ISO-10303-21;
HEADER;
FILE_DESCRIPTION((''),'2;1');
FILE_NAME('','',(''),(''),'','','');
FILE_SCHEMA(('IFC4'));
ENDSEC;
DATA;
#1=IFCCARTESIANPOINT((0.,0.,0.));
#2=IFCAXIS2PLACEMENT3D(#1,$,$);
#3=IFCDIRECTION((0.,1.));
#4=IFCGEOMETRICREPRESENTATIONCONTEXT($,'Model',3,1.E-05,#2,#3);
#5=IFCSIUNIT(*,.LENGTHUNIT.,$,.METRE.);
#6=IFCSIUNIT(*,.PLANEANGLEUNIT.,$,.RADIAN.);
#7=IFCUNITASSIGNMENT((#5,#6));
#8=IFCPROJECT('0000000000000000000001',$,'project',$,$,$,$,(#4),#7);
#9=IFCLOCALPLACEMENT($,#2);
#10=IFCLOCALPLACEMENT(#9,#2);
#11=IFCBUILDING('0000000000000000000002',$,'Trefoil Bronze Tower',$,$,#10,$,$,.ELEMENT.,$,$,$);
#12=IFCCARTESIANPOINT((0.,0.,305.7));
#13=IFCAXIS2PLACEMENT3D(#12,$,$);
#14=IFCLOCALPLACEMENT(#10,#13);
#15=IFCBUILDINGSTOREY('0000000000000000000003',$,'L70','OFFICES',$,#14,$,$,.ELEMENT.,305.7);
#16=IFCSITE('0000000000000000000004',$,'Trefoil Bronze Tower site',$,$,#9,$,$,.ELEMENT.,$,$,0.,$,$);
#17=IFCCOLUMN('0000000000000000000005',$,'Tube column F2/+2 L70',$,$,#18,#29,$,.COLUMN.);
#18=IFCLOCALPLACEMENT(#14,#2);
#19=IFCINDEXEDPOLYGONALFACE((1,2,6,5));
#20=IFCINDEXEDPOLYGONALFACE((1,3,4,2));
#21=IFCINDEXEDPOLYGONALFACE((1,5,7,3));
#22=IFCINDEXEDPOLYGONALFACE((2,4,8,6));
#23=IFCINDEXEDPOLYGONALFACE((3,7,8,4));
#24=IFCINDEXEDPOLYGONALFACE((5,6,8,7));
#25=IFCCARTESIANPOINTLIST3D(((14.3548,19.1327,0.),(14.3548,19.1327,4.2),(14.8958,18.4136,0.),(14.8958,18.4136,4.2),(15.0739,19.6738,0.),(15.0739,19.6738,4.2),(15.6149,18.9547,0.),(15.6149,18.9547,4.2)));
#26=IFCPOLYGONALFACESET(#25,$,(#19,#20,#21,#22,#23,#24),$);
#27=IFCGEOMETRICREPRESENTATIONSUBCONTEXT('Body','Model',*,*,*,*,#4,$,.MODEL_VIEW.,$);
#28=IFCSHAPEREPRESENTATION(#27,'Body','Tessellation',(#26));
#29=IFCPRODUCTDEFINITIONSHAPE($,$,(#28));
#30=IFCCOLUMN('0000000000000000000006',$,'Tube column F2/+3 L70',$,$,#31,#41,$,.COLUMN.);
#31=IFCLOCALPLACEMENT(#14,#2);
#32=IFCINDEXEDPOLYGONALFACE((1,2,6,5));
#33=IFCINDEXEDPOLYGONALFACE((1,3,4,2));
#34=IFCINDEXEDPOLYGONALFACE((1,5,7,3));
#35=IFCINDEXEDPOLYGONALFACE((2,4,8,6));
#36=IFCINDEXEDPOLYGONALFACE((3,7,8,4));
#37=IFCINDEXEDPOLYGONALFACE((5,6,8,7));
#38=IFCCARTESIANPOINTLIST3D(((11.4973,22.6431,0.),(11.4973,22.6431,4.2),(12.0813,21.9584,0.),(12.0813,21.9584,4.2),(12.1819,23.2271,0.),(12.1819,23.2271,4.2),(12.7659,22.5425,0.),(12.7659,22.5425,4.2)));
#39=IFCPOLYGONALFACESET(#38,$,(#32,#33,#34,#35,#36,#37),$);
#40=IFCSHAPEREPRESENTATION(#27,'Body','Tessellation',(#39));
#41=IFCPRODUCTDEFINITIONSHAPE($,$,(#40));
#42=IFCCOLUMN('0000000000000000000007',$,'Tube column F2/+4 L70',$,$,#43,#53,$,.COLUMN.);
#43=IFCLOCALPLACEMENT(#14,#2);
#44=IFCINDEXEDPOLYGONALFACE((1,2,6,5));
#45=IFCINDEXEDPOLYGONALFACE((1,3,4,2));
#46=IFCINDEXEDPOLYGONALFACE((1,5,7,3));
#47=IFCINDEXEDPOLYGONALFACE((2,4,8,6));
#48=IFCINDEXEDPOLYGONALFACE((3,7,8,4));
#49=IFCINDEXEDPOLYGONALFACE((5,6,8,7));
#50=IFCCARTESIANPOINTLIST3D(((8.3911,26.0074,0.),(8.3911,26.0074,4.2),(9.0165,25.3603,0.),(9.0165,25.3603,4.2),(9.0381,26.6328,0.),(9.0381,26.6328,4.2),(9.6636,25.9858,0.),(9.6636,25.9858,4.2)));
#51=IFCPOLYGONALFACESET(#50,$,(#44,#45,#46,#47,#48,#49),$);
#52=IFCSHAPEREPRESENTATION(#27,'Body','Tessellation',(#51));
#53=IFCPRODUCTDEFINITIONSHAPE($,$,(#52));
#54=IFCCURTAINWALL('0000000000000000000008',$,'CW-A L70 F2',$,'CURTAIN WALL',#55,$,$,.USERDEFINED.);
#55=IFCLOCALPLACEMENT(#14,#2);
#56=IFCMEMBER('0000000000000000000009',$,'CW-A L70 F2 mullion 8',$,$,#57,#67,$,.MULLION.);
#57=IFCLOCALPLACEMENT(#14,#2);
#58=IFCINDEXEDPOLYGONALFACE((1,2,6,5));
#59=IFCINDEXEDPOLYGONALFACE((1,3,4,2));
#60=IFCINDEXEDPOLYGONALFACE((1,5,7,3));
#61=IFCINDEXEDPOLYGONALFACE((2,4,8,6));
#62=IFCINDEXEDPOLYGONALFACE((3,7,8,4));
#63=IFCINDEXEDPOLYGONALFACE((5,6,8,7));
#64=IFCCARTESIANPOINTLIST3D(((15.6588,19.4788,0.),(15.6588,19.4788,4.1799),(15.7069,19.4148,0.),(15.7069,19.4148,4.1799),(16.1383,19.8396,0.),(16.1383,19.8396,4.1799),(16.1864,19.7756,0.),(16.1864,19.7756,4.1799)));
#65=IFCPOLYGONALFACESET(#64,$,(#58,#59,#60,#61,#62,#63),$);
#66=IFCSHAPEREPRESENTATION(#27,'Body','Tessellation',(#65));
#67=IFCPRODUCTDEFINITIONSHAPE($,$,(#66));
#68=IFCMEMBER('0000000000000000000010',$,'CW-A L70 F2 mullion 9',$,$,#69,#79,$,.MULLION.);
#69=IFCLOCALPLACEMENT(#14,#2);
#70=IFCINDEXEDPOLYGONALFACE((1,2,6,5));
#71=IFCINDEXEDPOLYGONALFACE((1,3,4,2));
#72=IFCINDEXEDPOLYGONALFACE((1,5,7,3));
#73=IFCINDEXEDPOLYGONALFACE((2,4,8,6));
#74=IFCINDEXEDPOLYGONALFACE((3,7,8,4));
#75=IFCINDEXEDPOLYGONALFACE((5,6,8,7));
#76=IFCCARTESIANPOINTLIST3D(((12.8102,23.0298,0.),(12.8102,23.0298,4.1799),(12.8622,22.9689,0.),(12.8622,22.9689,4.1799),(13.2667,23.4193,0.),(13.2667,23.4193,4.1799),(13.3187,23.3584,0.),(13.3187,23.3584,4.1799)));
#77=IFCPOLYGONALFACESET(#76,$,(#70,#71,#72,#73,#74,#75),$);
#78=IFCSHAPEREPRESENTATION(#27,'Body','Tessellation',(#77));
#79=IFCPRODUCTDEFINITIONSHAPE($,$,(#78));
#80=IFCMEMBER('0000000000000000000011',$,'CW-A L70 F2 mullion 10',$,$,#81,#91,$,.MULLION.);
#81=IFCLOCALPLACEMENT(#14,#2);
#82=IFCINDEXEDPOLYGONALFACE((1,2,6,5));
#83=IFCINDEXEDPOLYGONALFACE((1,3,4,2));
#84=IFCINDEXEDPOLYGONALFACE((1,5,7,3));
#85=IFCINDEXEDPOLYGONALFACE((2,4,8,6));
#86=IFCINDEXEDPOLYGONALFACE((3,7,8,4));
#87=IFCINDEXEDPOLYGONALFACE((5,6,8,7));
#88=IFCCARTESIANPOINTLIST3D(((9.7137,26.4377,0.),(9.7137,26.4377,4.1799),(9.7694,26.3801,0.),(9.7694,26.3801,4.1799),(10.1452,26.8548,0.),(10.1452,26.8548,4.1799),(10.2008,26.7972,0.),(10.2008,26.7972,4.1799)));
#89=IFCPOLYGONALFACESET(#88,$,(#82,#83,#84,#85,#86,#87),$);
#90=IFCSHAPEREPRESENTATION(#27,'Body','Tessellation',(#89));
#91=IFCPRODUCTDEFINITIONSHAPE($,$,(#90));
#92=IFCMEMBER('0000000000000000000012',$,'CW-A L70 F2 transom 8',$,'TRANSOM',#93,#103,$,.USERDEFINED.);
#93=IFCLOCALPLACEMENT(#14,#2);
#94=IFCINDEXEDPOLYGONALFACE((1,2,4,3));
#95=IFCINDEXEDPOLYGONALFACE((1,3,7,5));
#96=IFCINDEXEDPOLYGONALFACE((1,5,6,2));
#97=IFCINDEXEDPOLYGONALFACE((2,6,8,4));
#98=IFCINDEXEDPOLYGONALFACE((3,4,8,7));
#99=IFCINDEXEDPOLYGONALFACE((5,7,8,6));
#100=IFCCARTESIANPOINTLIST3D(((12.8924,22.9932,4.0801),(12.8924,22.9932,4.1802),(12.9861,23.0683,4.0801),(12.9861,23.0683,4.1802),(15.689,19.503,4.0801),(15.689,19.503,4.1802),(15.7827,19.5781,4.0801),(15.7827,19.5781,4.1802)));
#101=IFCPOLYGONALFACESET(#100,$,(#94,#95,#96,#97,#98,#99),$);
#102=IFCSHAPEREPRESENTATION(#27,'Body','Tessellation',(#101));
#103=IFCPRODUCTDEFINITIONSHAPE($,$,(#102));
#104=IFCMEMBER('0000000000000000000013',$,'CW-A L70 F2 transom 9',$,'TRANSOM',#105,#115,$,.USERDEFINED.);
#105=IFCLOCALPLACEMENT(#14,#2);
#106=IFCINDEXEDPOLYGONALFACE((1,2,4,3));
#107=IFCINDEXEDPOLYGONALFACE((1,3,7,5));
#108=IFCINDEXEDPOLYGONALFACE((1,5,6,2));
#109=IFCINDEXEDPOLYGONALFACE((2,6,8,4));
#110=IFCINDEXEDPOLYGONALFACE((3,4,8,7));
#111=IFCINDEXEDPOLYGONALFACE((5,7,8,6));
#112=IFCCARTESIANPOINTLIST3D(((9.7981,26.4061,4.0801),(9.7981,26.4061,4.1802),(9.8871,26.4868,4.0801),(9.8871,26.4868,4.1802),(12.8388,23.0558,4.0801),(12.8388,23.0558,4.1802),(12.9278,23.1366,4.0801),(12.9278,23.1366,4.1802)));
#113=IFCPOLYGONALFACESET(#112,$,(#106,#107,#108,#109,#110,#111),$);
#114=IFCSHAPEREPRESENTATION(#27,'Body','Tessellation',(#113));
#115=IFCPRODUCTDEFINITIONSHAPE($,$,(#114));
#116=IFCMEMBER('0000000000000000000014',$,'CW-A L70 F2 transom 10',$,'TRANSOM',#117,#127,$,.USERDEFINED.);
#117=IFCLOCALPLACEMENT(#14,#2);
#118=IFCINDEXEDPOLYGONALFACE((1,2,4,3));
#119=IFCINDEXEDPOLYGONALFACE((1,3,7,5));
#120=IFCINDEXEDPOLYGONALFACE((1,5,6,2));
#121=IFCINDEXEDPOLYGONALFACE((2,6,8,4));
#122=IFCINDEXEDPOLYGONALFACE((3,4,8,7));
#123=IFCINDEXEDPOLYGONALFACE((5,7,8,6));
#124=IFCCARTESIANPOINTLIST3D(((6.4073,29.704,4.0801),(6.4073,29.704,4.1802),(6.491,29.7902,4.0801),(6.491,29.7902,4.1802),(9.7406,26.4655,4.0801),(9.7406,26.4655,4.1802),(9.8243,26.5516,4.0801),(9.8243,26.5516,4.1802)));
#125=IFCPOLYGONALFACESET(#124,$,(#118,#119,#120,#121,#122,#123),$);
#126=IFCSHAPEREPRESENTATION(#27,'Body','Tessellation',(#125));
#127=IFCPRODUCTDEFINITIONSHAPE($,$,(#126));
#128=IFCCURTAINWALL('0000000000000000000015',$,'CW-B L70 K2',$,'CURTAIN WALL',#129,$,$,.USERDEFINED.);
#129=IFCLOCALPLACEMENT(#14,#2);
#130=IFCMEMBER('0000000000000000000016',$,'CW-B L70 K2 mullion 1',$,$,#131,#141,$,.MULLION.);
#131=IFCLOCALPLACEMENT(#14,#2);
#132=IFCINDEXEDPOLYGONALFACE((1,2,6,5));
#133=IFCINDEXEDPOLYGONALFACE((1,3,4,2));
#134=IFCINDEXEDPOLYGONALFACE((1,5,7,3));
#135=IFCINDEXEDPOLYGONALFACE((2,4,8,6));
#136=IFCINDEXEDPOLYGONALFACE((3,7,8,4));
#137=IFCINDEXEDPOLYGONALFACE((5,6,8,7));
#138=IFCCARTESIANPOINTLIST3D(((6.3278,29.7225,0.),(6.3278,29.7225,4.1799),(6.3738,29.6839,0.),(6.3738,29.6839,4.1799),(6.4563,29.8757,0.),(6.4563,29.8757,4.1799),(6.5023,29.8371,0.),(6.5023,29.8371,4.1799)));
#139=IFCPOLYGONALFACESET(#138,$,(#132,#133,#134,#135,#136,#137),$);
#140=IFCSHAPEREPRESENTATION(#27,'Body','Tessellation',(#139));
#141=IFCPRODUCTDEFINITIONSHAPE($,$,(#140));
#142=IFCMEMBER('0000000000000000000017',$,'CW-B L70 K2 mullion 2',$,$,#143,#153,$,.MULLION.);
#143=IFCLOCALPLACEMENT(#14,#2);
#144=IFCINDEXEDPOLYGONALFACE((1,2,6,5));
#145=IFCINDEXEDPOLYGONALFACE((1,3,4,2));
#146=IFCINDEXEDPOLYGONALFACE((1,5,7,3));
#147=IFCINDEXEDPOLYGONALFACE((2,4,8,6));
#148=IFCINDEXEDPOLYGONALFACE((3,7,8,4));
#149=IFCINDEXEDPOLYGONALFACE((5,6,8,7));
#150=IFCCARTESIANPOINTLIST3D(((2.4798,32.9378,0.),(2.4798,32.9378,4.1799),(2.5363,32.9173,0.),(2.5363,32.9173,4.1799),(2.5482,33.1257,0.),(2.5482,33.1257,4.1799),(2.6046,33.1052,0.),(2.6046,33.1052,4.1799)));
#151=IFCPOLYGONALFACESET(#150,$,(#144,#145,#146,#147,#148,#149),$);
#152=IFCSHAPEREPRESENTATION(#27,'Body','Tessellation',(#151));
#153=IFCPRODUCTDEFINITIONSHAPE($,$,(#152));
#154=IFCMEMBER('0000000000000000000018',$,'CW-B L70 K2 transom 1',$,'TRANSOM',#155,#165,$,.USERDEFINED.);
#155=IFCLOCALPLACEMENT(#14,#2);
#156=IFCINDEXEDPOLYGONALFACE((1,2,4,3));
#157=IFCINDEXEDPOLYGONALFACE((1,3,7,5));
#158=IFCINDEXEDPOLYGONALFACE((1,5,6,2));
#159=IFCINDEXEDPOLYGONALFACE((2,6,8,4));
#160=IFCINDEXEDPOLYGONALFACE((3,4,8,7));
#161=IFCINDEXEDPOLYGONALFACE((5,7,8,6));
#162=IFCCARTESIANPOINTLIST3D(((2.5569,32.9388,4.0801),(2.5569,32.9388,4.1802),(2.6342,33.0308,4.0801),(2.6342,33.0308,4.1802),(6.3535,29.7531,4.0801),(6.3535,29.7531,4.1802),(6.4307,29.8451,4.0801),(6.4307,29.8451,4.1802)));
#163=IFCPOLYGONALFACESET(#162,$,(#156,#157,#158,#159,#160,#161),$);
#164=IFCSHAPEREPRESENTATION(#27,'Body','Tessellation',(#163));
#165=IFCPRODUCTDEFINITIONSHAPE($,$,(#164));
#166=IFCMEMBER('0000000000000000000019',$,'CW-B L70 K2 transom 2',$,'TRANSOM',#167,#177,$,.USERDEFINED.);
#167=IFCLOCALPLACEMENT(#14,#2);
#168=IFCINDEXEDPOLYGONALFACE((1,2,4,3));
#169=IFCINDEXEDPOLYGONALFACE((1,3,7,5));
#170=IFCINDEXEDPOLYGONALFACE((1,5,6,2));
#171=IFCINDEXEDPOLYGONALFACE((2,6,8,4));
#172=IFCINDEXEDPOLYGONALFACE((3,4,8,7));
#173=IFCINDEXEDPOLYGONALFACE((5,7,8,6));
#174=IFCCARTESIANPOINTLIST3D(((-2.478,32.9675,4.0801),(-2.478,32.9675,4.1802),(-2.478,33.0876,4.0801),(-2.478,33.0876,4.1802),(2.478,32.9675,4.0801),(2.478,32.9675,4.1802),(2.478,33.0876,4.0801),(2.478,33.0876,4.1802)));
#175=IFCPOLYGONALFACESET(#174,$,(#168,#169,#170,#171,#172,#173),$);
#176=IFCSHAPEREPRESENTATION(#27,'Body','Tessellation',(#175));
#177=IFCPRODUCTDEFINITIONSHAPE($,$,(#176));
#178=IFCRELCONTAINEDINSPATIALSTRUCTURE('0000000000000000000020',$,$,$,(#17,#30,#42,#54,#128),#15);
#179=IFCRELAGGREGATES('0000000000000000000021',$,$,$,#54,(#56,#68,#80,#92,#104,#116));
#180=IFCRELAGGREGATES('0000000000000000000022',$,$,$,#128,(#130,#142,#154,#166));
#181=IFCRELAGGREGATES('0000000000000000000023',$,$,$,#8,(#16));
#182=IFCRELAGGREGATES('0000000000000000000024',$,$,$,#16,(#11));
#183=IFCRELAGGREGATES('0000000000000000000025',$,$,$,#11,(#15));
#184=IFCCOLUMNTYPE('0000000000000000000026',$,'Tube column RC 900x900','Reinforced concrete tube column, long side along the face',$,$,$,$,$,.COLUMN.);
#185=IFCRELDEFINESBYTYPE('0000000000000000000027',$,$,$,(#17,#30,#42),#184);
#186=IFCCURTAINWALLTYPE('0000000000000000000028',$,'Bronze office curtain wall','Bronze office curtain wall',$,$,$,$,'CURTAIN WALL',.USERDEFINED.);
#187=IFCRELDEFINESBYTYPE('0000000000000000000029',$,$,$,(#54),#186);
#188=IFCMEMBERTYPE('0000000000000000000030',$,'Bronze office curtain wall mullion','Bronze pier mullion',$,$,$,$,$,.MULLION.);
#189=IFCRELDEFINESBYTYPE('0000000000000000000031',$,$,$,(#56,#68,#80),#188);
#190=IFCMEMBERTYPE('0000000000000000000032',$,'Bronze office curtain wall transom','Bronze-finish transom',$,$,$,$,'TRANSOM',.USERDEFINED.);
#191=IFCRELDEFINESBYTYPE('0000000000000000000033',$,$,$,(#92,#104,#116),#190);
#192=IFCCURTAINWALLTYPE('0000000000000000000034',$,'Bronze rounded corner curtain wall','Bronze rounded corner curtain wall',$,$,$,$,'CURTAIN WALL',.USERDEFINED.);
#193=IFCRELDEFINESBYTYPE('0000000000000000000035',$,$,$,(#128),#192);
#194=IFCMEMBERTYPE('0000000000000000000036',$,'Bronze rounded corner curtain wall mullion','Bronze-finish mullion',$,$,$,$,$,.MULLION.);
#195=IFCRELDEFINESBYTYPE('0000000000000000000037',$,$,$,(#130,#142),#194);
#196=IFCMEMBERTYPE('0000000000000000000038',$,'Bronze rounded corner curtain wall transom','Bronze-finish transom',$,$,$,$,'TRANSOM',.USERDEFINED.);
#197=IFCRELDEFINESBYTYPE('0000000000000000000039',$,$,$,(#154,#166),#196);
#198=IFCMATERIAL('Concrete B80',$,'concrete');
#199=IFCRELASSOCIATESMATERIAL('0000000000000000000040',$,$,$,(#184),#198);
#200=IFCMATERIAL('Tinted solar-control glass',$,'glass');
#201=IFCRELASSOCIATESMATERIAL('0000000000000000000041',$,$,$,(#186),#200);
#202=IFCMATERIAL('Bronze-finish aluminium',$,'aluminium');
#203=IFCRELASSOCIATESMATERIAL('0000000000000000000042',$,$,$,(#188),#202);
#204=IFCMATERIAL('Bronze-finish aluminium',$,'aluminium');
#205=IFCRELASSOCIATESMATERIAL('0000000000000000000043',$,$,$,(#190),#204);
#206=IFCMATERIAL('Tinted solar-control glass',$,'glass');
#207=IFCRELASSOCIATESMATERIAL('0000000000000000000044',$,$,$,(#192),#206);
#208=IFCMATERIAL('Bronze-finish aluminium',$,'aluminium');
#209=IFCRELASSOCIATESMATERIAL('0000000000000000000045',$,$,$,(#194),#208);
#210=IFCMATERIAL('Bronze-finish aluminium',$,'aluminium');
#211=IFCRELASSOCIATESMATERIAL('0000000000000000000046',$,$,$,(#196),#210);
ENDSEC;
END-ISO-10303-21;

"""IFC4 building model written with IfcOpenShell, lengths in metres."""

from ifc_helpers import new_model, si_unit, direction, frame, origin, origin_2d, place, context, subcontext, project, spatial, rectangle, extrude, material, material_profile, profile_set, type_object, element, aggregate, save


model = new_model("IFC4")

# Units and contexts
model_context = context("Model", 3, precision=1e-05, world=origin(), true_north=direction((0.0, 1.0)))
body_context = subcontext(model_context, "Body", "Model", "MODEL_VIEW")
ifc_project = project(units=[si_unit("LENGTHUNIT", "METRE"), si_unit("PLANEANGLEUNIT", "RADIAN")], contexts=[model_context])

# Site, building, storey
site_placement = place(None, origin())
site = spatial("IfcSite", under=ifc_project, at=site_placement, Name="Trefoil Bronze Tower site", CompositionType="ELEMENT", RefElevation=0.0)
building_placement = place(site_placement, origin())
building = spatial("IfcBuilding", under=site, at=building_placement, Name="Trefoil Bronze Tower", CompositionType="ELEMENT")
storey_placement = place(building_placement, frame((0.0, 0.0, 305.7)))
storey = spatial("IfcBuildingStorey", under=building, at=storey_placement, Name="L70", Description="OFFICES", CompositionType="ELEMENT", Elevation=305.7)

# Columns
ifc_material_1 = material(Name="Concrete B80", Category="concrete")
ifc_material_profile_1 = material_profile(ifc_material_1, rectangle(XDim=0.8999, YDim=0.8999, at=origin_2d()), Name="RC 900x900")
ifc_profile_set_1 = profile_set([ifc_material_profile_1], Name="Concrete B80")
column_type = type_object("IfcColumnType", Name="Tube column RC 900x900", Description="Reinforced concrete tube column, long side along the face", PredefinedType="COLUMN", material=ifc_profile_set_1)
for number, where, z_axis, x_axis, name in (
    (1, (14.9849, 19.0437, 0.0), (0.0, 0.0, 1.0), (-0.601203, 0.799096, 0.0), "Tube column F2/+2 L70"),
    (2, (12.1316, 22.5928, 0.0), (0.0, 0.0, 1.0), (-0.649008, 0.760781, 0.0), "Tube column F2/+3 L70"),
    (3, (9.0273, 25.9966, 0.0), (0.0, 0.0, 1.0), (-0.695009, 0.719001, 0.0), "Tube column F2/+4 L70"),
):
    element("IfcColumn", number, at=place(storey_placement, frame(where, z_axis=z_axis, x_axis=x_axis)), inside=storey, type_object=column_type, Name=name, PredefinedType="COLUMN", context=body_context, shape_type="SweptSolid", body=[
        extrude(rectangle(XDim=0.8999, YDim=0.8999, at=origin_2d()), origin(), (0.0, 0.0, 1.0), 4.2),
    ])

# Curtain walls, members
ifc_material_2 = material(Name="Tinted solar-control glass", Category="glass")
curtain_wall_type_1 = type_object("IfcCurtainWallType", Name="Bronze office curtain wall", Description="Bronze office curtain wall", ElementType="CURTAIN WALL", PredefinedType="USERDEFINED", material=ifc_material_2)
curtain_wall_1_placement = place(storey_placement, origin())
curtain_wall_1 = element("IfcCurtainWall", 4, at=curtain_wall_1_placement, inside=storey, type_object=curtain_wall_type_1, Name="CW-A L70 F2", ObjectType="CURTAIN WALL", PredefinedType="USERDEFINED")
ifc_material_3 = material(Name="Bronze-finish aluminium", Category="aluminium")
ifc_material_profile_2 = material_profile(ifc_material_3, rectangle(XDim=0.6001, YDim=0.0801, at=origin_2d()), Name="CW-A mullion")
ifc_profile_set_2 = profile_set([ifc_material_profile_2], Name="Bronze-finish aluminium")
member_type_1 = type_object("IfcMemberType", Name="Bronze office curtain wall mullion", Description="Bronze pier mullion", PredefinedType="MULLION", material=ifc_profile_set_2)
member_1_placement = place(storey_placement, frame((15.9226, 19.6272, 0.0), z_axis=(0.0, 0.0, 1.0), x_axis=(-0.799096, -0.601203, 0.0)))
member_1 = element("IfcMember", 5, at=member_1_placement, type_object=member_type_1, Name="CW-A L70 F2 mullion 8", PredefinedType="MULLION", context=body_context, shape_type="SweptSolid", body=[
    extrude(rectangle(XDim=0.6001, YDim=0.0801, at=origin_2d()), origin(), (0.0, 0.0, 1.0), 4.1799),
])
member_2_placement = place(storey_placement, frame((13.0645, 23.1941, 0.0), z_axis=(0.0, 0.0, 1.0), x_axis=(-0.760781, -0.649008, 0.0)))
member_2 = element("IfcMember", 6, at=member_2_placement, type_object=member_type_1, Name="CW-A L70 F2 mullion 9", PredefinedType="MULLION", context=body_context, shape_type="SweptSolid", body=[
    extrude(rectangle(XDim=0.6001, YDim=0.0801, at=origin_2d()), origin(), (0.0, 0.0, 1.0), 4.1799),
])
member_3_placement = place(storey_placement, frame((9.9573, 26.6174, 0.0), z_axis=(0.0, 0.0, 1.0), x_axis=(-0.719001, -0.695009, 0.0)))
member_3 = element("IfcMember", 7, at=member_3_placement, type_object=member_type_1, Name="CW-A L70 F2 mullion 10", PredefinedType="MULLION", context=body_context, shape_type="SweptSolid", body=[
    extrude(rectangle(XDim=0.6001, YDim=0.0801, at=origin_2d()), origin(), (0.0, 0.0, 1.0), 4.1799),
])
ifc_material_4 = material(Name="Bronze-finish aluminium", Category="aluminium")
ifc_material_profile_3 = material_profile(ifc_material_4, rectangle(XDim=0.1201, YDim=0.1001, at=origin_2d()), Name="CW-A transom")
ifc_profile_set_3 = profile_set([ifc_material_profile_3], Name="Bronze-finish aluminium")
member_type_2 = type_object("IfcMemberType", Name="Bronze office curtain wall transom", Description="Bronze-finish transom", ElementType="TRANSOM", PredefinedType="USERDEFINED", material=ifc_profile_set_3)
member_4_placement = place(storey_placement, frame((15.7358, 19.5405, 4.1301), z_axis=(-0.625301, 0.780384, 0.0), x_axis=(-0.780384, -0.625301, 0.0)))
member_4 = element("IfcMember", 8, at=member_4_placement, type_object=member_type_2, Name="CW-A L70 F2 transom 8", ObjectType="TRANSOM", PredefinedType="USERDEFINED", context=body_context, shape_type="SweptSolid", body=[
    extrude(rectangle(XDim=0.1201, YDim=0.1001, at=origin_2d()), origin(), (0.0, 0.0, 1.0), 4.4724),
])
member_5_placement = place(storey_placement, frame((12.8833, 23.0962, 4.1301), z_axis=(-0.672068, 0.740489, 0.0), x_axis=(-0.740489, -0.672068, 0.0)))
member_5 = element("IfcMember", 9, at=member_5_placement, type_object=member_type_2, Name="CW-A L70 F2 transom 9", ObjectType="TRANSOM", PredefinedType="USERDEFINED", context=body_context, shape_type="SweptSolid", body=[
    extrude(rectangle(XDim=0.1201, YDim=0.1001, at=origin_2d()), origin(), (0.0, 0.0, 1.0), 4.5244),
])
member_6_placement = place(storey_placement, frame((9.7825, 26.5085, 4.1301), z_axis=(-0.717225, 0.696842, 0.0), x_axis=(-0.696842, -0.717225, 0.0)))
member_6 = element("IfcMember", 10, at=member_6_placement, type_object=member_type_2, Name="CW-A L70 F2 transom 10", ObjectType="TRANSOM", PredefinedType="USERDEFINED", context=body_context, shape_type="SweptSolid", body=[
    extrude(rectangle(XDim=0.1201, YDim=0.1001, at=origin_2d()), origin(), (0.0, 0.0, 1.0), 4.6475),
])
ifc_material_5 = material(Name="Tinted solar-control glass", Category="glass")
curtain_wall_type_2 = type_object("IfcCurtainWallType", Name="Bronze rounded corner curtain wall", Description="Bronze rounded corner curtain wall", ElementType="CURTAIN WALL", PredefinedType="USERDEFINED", material=ifc_material_5)
curtain_wall_2_placement = place(storey_placement, origin())
curtain_wall_2 = element("IfcCurtainWall", 11, at=curtain_wall_2_placement, inside=storey, type_object=curtain_wall_type_2, Name="CW-B L70 K2", ObjectType="CURTAIN WALL", PredefinedType="USERDEFINED")
ifc_material_6 = material(Name="Bronze-finish aluminium", Category="aluminium")
ifc_material_profile_4 = material_profile(ifc_material_6, rectangle(XDim=0.2, YDim=0.0601, at=origin_2d()), Name="CW-B mullion")
ifc_profile_set_4 = profile_set([ifc_material_profile_4], Name="Bronze-finish aluminium")
member_type_3 = type_object("IfcMemberType", Name="Bronze rounded corner curtain wall mullion", Description="Bronze-finish mullion", PredefinedType="MULLION", material=ifc_profile_set_4)
member_7_placement = place(storey_placement, frame((6.415, 29.7798, 0.0), z_axis=(0.0, 0.0, 1.0), x_axis=(-0.642788, -0.766044, 0.0)))
member_7 = element("IfcMember", 12, at=member_7_placement, type_object=member_type_3, Name="CW-B L70 K2 mullion 1", PredefinedType="MULLION", context=body_context, shape_type="SweptSolid", body=[
    extrude(rectangle(XDim=0.2, YDim=0.0601, at=origin_2d()), origin(), (0.0, 0.0, 1.0), 4.1799),
])
member_8_placement = place(storey_placement, frame((2.5422, 33.0215, 0.0), z_axis=(0.0, 0.0, 1.0), x_axis=(-0.34202, -0.939693, 0.0)))
member_8 = element("IfcMember", 13, at=member_8_placement, type_object=member_type_3, Name="CW-B L70 K2 mullion 2", PredefinedType="MULLION", context=body_context, shape_type="SweptSolid", body=[
    extrude(rectangle(XDim=0.2, YDim=0.0601, at=origin_2d()), origin(), (0.0, 0.0, 1.0), 4.1799),
])
ifc_material_7 = material(Name="Bronze-finish aluminium", Category="aluminium")
ifc_material_profile_5 = material_profile(ifc_material_7, rectangle(XDim=0.1201, YDim=0.1001, at=origin_2d()), Name="CW-B transom")
ifc_profile_set_5 = profile_set([ifc_material_profile_5], Name="Bronze-finish aluminium")
member_type_4 = type_object("IfcMemberType", Name="Bronze rounded corner curtain wall transom", Description="Bronze-finish transom", ElementType="TRANSOM", PredefinedType="USERDEFINED", material=ifc_profile_set_5)
member_9_placement = place(storey_placement, frame((6.3921, 29.7991, 4.1301), z_axis=(-0.766041, 0.642792, 0.0), x_axis=(-0.642792, -0.766041, 0.0)))
member_9 = element("IfcMember", 14, at=member_9_placement, type_object=member_type_4, Name="CW-B L70 K2 transom 1", ObjectType="TRANSOM", PredefinedType="USERDEFINED", context=body_context, shape_type="SweptSolid", body=[
    extrude(rectangle(XDim=0.1201, YDim=0.1001, at=origin_2d()), origin(), (0.0, 0.0, 1.0), 4.9561),
])
member_10_placement = place(storey_placement, frame((2.478, 33.0276, 4.1301), z_axis=(-1.0, 0.0, 0.0), x_axis=(0.0, -1.0, 0.0)))
member_10 = element("IfcMember", 15, at=member_10_placement, type_object=member_type_4, Name="CW-B L70 K2 transom 2", ObjectType="TRANSOM", PredefinedType="USERDEFINED", context=body_context, shape_type="SweptSolid", body=[
    extrude(rectangle(XDim=0.1201, YDim=0.1001, at=origin_2d()), origin(), (0.0, 0.0, 1.0), 4.9561),
])

aggregate(curtain_wall_1, [member_1, member_2, member_3, member_4, member_5, member_6])
aggregate(curtain_wall_2, [member_7, member_8, member_9, member_10])

save(model, "model.ifc")
